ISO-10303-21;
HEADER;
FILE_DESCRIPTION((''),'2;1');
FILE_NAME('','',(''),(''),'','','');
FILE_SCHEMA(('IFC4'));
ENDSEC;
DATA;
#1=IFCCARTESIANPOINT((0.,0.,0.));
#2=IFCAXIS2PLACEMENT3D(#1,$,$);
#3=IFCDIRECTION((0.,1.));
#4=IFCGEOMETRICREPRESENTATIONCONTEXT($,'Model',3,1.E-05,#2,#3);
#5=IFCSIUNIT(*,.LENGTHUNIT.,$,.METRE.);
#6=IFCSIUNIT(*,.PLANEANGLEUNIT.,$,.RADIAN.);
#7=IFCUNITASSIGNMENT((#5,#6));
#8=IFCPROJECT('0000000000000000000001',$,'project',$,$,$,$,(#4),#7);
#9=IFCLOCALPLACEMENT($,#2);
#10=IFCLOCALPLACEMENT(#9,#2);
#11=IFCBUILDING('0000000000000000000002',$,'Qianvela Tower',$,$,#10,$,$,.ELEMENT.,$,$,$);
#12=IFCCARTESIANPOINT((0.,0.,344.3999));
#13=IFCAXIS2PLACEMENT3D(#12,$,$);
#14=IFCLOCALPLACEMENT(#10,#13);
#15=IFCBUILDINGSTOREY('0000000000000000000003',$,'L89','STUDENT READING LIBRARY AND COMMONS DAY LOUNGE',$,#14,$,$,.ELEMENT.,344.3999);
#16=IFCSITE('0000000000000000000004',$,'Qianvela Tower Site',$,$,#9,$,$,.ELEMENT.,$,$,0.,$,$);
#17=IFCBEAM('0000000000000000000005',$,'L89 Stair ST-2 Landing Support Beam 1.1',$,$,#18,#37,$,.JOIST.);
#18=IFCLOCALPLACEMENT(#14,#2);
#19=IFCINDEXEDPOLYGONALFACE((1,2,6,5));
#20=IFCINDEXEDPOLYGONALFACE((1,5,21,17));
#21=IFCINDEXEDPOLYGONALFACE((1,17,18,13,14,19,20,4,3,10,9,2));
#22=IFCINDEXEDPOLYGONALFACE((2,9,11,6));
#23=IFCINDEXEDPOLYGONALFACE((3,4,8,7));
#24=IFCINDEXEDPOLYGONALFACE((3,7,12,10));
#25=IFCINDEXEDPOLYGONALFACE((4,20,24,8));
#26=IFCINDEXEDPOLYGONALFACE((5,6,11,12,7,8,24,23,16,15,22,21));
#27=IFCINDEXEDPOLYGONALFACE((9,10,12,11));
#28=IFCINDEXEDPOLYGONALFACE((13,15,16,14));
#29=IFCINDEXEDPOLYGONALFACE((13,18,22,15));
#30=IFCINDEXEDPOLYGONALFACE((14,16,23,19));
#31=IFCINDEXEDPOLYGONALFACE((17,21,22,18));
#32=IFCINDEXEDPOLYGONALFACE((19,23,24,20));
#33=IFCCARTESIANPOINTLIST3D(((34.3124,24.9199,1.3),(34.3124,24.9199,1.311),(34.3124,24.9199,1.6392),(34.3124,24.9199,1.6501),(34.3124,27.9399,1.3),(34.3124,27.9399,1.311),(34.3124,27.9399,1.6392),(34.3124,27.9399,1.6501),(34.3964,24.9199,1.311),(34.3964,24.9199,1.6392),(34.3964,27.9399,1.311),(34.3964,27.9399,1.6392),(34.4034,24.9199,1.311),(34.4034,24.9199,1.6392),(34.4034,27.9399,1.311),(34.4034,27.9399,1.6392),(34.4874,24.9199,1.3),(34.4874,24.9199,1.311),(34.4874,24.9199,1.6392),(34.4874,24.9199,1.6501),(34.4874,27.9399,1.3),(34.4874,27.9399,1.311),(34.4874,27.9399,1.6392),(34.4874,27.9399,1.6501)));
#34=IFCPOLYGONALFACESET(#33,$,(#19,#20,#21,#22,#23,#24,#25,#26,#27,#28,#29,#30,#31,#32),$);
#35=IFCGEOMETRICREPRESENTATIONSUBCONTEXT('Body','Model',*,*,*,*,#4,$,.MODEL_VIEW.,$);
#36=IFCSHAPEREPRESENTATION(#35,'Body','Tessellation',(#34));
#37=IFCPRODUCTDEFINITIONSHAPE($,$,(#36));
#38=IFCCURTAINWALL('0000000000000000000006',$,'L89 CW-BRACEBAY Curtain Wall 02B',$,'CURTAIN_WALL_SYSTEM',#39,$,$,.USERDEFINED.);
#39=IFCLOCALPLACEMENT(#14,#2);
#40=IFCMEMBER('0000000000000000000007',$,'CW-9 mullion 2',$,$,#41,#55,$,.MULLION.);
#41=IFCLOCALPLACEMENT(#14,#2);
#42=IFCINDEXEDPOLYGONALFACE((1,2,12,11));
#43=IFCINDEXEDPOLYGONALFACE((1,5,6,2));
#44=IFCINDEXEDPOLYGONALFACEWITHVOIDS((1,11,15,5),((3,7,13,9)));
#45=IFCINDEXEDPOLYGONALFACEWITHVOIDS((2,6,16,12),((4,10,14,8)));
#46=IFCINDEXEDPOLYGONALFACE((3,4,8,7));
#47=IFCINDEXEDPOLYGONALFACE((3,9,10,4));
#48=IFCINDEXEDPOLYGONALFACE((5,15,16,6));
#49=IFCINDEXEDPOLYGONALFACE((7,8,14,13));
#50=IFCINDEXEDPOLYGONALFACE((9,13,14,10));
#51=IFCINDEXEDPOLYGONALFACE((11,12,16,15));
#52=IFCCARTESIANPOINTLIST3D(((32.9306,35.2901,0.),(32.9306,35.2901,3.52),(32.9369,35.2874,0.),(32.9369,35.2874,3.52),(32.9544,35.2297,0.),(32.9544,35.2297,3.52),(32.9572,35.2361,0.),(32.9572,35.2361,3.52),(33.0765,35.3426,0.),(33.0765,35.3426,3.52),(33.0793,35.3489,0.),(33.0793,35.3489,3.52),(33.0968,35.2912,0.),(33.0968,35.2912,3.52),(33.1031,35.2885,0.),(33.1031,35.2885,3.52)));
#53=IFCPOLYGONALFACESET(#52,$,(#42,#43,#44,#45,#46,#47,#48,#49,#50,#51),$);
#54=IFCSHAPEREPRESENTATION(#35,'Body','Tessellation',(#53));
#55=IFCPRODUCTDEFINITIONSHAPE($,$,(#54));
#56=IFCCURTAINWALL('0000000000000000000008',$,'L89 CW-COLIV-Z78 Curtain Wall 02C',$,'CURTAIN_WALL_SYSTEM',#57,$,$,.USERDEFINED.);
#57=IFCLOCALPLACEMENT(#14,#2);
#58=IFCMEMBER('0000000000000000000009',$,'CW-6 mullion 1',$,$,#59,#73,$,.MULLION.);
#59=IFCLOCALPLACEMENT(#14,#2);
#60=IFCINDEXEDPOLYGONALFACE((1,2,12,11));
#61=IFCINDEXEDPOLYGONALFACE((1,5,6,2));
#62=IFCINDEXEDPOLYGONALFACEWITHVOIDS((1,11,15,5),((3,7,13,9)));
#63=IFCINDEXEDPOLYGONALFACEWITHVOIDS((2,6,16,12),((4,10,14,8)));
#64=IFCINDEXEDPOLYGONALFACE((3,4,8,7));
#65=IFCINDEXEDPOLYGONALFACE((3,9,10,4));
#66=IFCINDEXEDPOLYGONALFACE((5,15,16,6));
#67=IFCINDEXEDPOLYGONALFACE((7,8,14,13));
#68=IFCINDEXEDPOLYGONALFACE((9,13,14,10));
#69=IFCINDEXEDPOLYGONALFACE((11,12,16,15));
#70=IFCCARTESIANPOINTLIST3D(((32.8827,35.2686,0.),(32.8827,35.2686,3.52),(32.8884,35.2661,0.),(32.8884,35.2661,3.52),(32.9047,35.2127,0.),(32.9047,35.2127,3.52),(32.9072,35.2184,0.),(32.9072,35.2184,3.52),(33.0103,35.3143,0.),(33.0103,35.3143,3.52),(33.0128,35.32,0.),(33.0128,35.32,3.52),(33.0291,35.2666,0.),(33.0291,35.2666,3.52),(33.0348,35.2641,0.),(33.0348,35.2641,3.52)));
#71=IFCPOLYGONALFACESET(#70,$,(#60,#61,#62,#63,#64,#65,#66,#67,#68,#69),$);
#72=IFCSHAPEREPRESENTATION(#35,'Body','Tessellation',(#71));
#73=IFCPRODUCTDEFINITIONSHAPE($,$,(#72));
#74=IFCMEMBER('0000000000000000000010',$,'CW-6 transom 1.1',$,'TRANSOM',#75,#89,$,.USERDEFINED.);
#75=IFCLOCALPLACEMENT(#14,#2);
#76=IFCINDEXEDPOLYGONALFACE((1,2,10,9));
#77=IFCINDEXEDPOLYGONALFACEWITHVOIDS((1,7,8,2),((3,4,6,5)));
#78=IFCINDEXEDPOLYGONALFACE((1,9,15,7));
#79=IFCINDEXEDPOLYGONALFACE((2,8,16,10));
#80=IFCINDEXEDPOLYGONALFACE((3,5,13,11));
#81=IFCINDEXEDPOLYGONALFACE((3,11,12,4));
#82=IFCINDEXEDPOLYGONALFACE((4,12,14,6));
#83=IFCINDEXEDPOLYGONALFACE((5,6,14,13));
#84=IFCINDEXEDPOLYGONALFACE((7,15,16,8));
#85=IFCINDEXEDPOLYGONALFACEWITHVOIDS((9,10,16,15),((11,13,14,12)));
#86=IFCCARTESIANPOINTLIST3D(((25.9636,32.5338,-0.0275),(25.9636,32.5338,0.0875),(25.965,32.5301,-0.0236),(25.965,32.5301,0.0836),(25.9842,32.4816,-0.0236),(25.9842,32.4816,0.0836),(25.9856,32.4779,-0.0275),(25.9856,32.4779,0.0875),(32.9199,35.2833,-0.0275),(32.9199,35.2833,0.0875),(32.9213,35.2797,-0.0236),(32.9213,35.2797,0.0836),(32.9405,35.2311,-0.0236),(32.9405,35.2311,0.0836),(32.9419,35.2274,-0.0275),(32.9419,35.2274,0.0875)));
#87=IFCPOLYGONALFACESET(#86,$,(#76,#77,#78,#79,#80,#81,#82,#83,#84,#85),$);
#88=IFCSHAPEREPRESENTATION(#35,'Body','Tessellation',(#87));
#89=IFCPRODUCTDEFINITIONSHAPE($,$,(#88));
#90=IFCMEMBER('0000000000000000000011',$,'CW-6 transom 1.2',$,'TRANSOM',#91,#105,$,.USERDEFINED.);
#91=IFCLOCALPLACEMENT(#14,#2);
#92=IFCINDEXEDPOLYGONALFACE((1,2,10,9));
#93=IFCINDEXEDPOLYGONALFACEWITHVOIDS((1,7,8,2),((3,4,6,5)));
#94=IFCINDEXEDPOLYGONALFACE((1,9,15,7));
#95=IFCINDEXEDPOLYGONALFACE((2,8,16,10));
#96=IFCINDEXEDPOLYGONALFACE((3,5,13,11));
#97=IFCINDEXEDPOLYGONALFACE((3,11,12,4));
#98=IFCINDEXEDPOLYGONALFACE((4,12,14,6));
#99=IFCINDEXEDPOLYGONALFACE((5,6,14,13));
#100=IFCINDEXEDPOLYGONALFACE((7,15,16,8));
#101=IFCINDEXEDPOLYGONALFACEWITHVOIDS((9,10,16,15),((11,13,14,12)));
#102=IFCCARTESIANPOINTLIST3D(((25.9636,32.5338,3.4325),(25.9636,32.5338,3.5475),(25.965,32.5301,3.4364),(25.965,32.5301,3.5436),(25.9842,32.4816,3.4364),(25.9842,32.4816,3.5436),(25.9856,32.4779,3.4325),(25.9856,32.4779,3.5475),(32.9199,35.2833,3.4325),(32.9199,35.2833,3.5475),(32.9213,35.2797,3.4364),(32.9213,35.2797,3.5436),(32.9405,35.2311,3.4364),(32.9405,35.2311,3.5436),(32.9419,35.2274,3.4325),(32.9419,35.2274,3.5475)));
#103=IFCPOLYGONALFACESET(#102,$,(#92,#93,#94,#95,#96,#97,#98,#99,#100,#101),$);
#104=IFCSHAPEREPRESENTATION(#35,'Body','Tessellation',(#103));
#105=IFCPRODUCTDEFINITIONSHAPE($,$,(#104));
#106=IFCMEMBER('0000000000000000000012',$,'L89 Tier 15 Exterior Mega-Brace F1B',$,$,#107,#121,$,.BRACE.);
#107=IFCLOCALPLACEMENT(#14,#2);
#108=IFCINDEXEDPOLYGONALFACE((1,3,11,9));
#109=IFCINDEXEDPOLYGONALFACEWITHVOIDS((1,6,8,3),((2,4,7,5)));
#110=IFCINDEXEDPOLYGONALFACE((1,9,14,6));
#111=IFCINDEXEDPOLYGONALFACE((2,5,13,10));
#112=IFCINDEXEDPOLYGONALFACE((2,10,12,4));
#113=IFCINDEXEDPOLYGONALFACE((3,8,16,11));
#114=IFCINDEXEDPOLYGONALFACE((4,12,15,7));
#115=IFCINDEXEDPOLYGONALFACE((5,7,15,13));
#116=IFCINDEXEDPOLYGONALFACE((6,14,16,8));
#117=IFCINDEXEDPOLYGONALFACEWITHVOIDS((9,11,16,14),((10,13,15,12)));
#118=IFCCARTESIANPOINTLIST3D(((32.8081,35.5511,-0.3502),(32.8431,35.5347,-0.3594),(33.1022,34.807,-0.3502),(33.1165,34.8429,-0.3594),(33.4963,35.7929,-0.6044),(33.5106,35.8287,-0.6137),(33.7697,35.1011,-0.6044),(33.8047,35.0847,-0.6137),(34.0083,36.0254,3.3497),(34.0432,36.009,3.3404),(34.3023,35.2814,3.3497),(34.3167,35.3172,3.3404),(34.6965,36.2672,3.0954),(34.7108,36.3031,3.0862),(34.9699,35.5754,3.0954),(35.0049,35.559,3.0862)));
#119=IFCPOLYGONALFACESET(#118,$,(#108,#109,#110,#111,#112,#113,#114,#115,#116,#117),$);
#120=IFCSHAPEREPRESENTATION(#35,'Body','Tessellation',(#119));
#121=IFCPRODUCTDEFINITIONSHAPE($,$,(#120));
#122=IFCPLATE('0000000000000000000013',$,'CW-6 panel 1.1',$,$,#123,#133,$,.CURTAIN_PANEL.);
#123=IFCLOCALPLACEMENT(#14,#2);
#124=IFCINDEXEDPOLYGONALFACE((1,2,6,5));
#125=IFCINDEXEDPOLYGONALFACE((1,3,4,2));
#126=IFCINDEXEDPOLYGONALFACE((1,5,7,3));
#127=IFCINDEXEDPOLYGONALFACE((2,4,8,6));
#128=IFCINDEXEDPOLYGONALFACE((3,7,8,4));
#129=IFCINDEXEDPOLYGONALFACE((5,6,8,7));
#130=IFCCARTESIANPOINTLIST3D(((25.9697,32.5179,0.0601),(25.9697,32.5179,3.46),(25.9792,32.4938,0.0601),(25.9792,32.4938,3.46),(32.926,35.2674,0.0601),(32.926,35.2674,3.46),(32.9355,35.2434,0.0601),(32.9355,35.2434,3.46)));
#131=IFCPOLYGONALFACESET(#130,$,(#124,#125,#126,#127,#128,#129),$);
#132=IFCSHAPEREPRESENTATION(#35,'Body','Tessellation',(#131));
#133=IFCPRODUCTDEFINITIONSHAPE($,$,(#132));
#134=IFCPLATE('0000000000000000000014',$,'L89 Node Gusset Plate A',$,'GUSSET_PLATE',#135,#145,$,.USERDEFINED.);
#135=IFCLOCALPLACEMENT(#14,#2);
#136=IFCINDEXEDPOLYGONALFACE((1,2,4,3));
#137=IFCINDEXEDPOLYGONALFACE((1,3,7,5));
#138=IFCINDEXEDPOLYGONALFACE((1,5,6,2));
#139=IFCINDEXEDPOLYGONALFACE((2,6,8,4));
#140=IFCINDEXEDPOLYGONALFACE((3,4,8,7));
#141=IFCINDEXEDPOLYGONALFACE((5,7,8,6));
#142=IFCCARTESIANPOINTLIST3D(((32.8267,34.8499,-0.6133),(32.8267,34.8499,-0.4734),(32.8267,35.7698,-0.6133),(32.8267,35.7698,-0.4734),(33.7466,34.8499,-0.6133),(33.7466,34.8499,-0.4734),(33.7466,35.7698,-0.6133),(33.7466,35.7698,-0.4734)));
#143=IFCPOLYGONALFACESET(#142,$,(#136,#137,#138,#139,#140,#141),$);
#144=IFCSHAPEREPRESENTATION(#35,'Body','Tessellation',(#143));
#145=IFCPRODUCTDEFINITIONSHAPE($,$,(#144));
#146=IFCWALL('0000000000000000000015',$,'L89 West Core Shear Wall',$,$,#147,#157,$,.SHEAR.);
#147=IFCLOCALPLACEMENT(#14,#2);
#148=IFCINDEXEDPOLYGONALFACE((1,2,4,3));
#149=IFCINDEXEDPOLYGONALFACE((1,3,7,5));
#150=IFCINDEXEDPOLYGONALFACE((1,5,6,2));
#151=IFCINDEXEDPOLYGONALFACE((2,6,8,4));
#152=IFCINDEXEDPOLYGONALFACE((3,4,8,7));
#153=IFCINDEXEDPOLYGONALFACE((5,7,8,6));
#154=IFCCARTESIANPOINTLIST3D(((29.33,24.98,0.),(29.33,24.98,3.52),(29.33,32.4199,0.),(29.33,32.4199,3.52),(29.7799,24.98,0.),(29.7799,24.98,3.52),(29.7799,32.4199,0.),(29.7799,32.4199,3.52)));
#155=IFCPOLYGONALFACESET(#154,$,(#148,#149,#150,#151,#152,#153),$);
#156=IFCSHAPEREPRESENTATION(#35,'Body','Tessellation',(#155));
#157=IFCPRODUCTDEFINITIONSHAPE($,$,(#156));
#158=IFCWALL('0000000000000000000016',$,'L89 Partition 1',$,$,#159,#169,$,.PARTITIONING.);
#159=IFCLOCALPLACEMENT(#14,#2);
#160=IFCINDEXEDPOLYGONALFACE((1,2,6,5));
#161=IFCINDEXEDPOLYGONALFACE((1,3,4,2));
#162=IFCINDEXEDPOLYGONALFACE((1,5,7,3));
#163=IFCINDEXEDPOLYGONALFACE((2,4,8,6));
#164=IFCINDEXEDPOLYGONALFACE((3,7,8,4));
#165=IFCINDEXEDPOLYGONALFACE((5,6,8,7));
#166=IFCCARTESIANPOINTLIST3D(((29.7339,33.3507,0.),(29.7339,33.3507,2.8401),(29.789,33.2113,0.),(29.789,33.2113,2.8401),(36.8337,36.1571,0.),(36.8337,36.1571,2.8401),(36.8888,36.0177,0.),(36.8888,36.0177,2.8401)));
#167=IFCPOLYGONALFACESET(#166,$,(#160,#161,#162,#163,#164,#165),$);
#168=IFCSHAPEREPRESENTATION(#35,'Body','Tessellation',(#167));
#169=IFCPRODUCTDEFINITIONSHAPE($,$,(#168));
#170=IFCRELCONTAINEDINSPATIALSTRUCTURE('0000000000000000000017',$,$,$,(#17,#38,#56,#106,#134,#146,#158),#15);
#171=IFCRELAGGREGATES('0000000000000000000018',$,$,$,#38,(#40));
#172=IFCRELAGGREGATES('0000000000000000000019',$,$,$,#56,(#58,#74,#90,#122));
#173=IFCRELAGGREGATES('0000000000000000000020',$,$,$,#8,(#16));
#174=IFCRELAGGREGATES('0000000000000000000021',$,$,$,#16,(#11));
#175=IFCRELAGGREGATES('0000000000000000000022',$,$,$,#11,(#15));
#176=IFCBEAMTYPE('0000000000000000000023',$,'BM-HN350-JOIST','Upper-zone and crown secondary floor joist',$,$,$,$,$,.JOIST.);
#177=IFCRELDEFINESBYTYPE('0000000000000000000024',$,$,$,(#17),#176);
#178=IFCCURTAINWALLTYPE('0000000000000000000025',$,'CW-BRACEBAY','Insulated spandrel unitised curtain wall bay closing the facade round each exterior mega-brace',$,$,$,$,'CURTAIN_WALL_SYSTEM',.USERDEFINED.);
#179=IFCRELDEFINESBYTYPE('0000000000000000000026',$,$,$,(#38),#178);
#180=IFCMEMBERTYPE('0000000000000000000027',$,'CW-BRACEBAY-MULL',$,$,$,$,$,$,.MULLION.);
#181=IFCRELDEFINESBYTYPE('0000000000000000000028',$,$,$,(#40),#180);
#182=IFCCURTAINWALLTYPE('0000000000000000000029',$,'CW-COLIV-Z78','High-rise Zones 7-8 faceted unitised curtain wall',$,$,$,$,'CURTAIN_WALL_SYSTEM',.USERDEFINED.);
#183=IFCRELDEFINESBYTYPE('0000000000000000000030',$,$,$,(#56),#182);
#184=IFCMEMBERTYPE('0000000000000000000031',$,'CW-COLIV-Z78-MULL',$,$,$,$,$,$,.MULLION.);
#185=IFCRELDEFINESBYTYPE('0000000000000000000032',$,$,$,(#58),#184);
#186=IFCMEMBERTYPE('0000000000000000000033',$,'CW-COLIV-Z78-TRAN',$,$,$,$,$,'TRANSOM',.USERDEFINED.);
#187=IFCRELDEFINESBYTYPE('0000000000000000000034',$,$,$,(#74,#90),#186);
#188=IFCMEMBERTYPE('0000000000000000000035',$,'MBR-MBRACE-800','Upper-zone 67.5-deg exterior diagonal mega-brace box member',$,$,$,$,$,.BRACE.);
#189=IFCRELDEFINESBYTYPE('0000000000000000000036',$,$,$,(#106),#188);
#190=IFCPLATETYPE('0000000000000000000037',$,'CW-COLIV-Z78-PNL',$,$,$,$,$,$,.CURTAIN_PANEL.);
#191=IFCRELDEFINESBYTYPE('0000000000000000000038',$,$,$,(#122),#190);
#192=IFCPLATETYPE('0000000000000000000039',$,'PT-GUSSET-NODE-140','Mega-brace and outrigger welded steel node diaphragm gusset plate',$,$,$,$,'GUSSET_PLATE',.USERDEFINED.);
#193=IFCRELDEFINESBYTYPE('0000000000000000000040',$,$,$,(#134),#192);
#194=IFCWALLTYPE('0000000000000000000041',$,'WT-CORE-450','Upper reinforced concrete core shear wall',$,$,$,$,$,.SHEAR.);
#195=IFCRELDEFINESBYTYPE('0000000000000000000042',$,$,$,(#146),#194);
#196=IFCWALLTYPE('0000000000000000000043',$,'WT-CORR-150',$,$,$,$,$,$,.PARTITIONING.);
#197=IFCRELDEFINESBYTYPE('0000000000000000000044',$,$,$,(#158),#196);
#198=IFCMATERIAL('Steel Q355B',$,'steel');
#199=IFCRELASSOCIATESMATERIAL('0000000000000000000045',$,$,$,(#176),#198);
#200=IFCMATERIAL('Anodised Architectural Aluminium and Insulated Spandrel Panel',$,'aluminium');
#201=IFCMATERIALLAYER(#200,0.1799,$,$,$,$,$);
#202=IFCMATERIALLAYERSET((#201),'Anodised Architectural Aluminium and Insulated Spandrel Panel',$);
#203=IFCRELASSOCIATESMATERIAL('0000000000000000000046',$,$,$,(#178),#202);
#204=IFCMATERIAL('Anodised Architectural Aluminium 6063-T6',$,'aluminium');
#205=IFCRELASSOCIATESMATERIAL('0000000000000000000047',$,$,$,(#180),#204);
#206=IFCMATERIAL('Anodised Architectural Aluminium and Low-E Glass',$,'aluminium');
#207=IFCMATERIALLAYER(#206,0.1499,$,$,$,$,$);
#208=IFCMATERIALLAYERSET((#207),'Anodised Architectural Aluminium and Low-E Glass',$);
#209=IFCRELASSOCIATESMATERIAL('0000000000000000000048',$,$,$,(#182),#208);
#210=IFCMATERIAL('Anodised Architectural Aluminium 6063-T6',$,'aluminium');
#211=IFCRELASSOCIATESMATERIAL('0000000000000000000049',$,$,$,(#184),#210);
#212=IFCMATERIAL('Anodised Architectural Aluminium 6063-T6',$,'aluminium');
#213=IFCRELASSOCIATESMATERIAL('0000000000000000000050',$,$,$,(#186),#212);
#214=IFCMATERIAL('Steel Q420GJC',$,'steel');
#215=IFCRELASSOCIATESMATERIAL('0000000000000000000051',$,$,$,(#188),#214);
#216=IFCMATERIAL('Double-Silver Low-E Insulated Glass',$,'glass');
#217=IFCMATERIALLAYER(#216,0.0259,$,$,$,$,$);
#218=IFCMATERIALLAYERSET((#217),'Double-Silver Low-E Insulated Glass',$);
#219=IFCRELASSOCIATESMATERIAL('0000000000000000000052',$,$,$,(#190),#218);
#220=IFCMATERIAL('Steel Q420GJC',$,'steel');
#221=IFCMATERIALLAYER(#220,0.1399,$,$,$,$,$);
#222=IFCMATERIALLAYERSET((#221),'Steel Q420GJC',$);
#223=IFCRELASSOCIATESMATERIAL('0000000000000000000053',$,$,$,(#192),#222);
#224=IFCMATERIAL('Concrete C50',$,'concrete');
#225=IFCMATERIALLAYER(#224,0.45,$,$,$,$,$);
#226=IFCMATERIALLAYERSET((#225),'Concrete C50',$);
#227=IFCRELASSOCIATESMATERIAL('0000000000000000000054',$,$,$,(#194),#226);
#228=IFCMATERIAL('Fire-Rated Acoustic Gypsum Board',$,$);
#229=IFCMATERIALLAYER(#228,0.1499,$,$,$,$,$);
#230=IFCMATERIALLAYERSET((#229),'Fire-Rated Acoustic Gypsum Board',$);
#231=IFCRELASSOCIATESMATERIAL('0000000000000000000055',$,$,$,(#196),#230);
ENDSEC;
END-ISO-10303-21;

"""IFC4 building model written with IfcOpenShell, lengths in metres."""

from ifc_helpers import new_model, si_unit, direction, frame, frame_2d, origin, origin_2d, place, context, subcontext, project, spatial, rectangle, hollow_rectangle, i_section, extrude, material, layer, layer_set, material_profile, profile_set, type_object, element, aggregate, save


model = new_model("IFC4")

# Units and contexts
model_context = context("Model", 3, precision=1e-05, world=origin(), true_north=direction((0.0, 1.0)))
body_context = subcontext(model_context, "Body", "Model", "MODEL_VIEW")
ifc_project = project(units=[si_unit("LENGTHUNIT", "METRE"), si_unit("PLANEANGLEUNIT", "RADIAN")], contexts=[model_context])

# Site, building, storey
site_placement = place(None, origin())
site = spatial("IfcSite", under=ifc_project, at=site_placement, Name="Qianvela Tower Site", CompositionType="ELEMENT", RefElevation=0.0)
building_placement = place(site_placement, origin())
building = spatial("IfcBuilding", under=site, at=building_placement, Name="Qianvela Tower", CompositionType="ELEMENT")
storey_placement = place(building_placement, frame((0.0, 0.0, 344.3999)))
storey = spatial("IfcBuildingStorey", under=building, at=storey_placement, Name="L89", Description="STUDENT READING LIBRARY AND COMMONS DAY LOUNGE", CompositionType="ELEMENT", Elevation=344.3999)

# Beam
ifc_material_1 = material(Name="Steel Q355B", Category="steel")
ifc_material_profile_1 = material_profile(ifc_material_1, i_section(OverallWidth=0.175, OverallDepth=0.3501, WebThickness=0.0071, FlangeThickness=0.011, at=origin_2d()), Name="HN350x175x7x11")
ifc_profile_set_1 = profile_set([ifc_material_profile_1], Name="Steel Q355B")
beam_type = type_object("IfcBeamType", Name="BM-HN350-JOIST", Description="Upper-zone and crown secondary floor joist", PredefinedType="JOIST", material=ifc_profile_set_1)
beam_placement = place(storey_placement, frame((34.3999, 24.9199, 1.4751), z_axis=(0.0, 1.0, 0.0), x_axis=(-1.0, 0.0, 0.0)))
element("IfcBeam", 1, at=beam_placement, inside=storey, type_object=beam_type, Name="L89 Stair ST-2 Landing Support Beam 1.1", PredefinedType="JOIST", context=body_context, shape_type="SweptSolid", body=[
    extrude(i_section(OverallWidth=0.175, OverallDepth=0.3501, WebThickness=0.0071, FlangeThickness=0.011, at=origin_2d()), origin(), (0.0, 0.0, 1.0), 3.02),
])

# Curtain wall, member
ifc_material_2 = material(Name="Anodised Architectural Aluminium and Insulated Spandrel Panel", Category="aluminium")
ifc_layer_1 = layer(ifc_material_2, 0.1799)
ifc_layer_set_1 = layer_set([ifc_layer_1], Name="Anodised Architectural Aluminium and Insulated Spandrel Panel")
curtain_wall_type_1 = type_object("IfcCurtainWallType", Name="CW-BRACEBAY", Description="Insulated spandrel unitised curtain wall bay closing the facade round each exterior mega-brace", ElementType="CURTAIN_WALL_SYSTEM", PredefinedType="USERDEFINED", material=ifc_layer_set_1)
curtain_wall_1_placement = place(storey_placement, origin())
curtain_wall_1 = element("IfcCurtainWall", 2, at=curtain_wall_1_placement, inside=storey, type_object=curtain_wall_type_1, Name="L89 CW-BRACEBAY Curtain Wall 02B", ObjectType="CURTAIN_WALL_SYSTEM", PredefinedType="USERDEFINED")
ifc_material_3 = material(Name="Anodised Architectural Aluminium 6063-T6", Category="aluminium")
ifc_material_profile_2 = material_profile(ifc_material_3, hollow_rectangle(XDim=0.0649, YDim=0.1599, WallThickness=0.0049, at=origin_2d()), Name="ALU-MULL-65x160")
ifc_profile_set_2 = profile_set([ifc_material_profile_2], Name="Anodised Architectural Aluminium 6063-T6")
member_type_1 = type_object("IfcMemberType", Name="CW-BRACEBAY-MULL", PredefinedType="MULLION", material=ifc_profile_set_2)
member_1_placement = place(storey_placement, frame((33.0168, 35.2893, 0.0), z_axis=(0.0, 0.0, 1.0), x_axis=(0.367603, -0.929983, 0.0)))
member_1 = element("IfcMember", 3, at=member_1_placement, type_object=member_type_1, Name="CW-9 mullion 2", PredefinedType="MULLION", context=body_context, shape_type="SweptSolid", body=[
    extrude(hollow_rectangle(XDim=0.0649, YDim=0.1599, WallThickness=0.0049, at=origin_2d()), origin(), (0.0, 0.0, 1.0), 3.52),
])
aggregate(curtain_wall_1, [member_1])

# Curtain wall, members
ifc_material_4 = material(Name="Anodised Architectural Aluminium and Low-E Glass", Category="aluminium")
ifc_layer_2 = layer(ifc_material_4, 0.1499)
ifc_layer_set_2 = layer_set([ifc_layer_2], Name="Anodised Architectural Aluminium and Low-E Glass")
curtain_wall_type_2 = type_object("IfcCurtainWallType", Name="CW-COLIV-Z78", Description="High-rise Zones 7-8 faceted unitised curtain wall", ElementType="CURTAIN_WALL_SYSTEM", PredefinedType="USERDEFINED", material=ifc_layer_set_2)
curtain_wall_2_placement = place(storey_placement, origin())
curtain_wall_2 = element("IfcCurtainWall", 4, at=curtain_wall_2_placement, inside=storey, type_object=curtain_wall_type_2, Name="L89 CW-COLIV-Z78 Curtain Wall 02C", ObjectType="CURTAIN_WALL_SYSTEM", PredefinedType="USERDEFINED")
ifc_material_5 = material(Name="Anodised Architectural Aluminium 6063-T6", Category="aluminium")
ifc_material_profile_3 = material_profile(ifc_material_5, hollow_rectangle(XDim=0.0601, YDim=0.1399, WallThickness=0.0044, at=origin_2d()), Name="ALU-MULL-60x140")
ifc_profile_set_3 = profile_set([ifc_material_profile_3], Name="Anodised Architectural Aluminium 6063-T6")
member_type_2 = type_object("IfcMemberType", Name="CW-COLIV-Z78-MULL", PredefinedType="MULLION", material=ifc_profile_set_3)
member_2_placement = place(storey_placement, frame((32.9587, 35.2664, 0.0), z_axis=(0.0, 0.0, 1.0), x_axis=(0.367588, -0.929989, 0.0)))
member_2 = element("IfcMember", 5, at=member_2_placement, type_object=member_type_2, Name="CW-6 mullion 1", PredefinedType="MULLION", context=body_context, shape_type="SweptSolid", body=[
    extrude(hollow_rectangle(XDim=0.0601, YDim=0.1399, WallThickness=0.0044, at=origin_2d()), origin(), (0.0, 0.0, 1.0), 3.52),
])
ifc_material_6 = material(Name="Anodised Architectural Aluminium 6063-T6", Category="aluminium")
ifc_material_profile_4 = material_profile(ifc_material_6, hollow_rectangle(XDim=0.0601, YDim=0.115, WallThickness=0.0039, at=origin_2d()), Name="ALU-TRAN-60x115")
ifc_profile_set_4 = profile_set([ifc_material_profile_4], Name="Anodised Architectural Aluminium 6063-T6")
member_type_3 = type_object("IfcMemberType", Name="CW-COLIV-Z78-TRAN", ElementType="TRANSOM", PredefinedType="USERDEFINED", material=ifc_profile_set_4)
member_3_placement = place(storey_placement, frame((32.9309, 35.2554, 0.03), z_axis=(-0.929991, -0.367583, 0.0), x_axis=(0.367583, -0.929991, 0.0)))
member_3 = element("IfcMember", 6, at=member_3_placement, type_object=member_type_3, Name="CW-6 transom 1.1", ObjectType="TRANSOM", PredefinedType="USERDEFINED", context=body_context, shape_type="SweptSolid", body=[
    extrude(hollow_rectangle(XDim=0.0601, YDim=0.115, WallThickness=0.0039, at=origin_2d()), origin(), (0.0, 0.0, 1.0), 7.48),
])
member_4_placement = place(storey_placement, frame((32.9309, 35.2554, 3.49), z_axis=(-0.929991, -0.367583, 0.0), x_axis=(0.367583, -0.929991, 0.0)))
member_4 = element("IfcMember", 7, at=member_4_placement, type_object=member_type_3, Name="CW-6 transom 1.2", ObjectType="TRANSOM", PredefinedType="USERDEFINED", context=body_context, shape_type="SweptSolid", body=[
    extrude(hollow_rectangle(XDim=0.0601, YDim=0.115, WallThickness=0.0039, at=origin_2d()), origin(), (0.0, 0.0, 1.0), 7.48),
])

# Member
ifc_material_7 = material(Name="Steel Q420GJC", Category="steel")
ifc_material_profile_5 = material_profile(ifc_material_7, hollow_rectangle(XDim=0.8, YDim=0.8, WallThickness=0.0281, at=origin_2d()), Name="MBOX-800x800x28")
ifc_profile_set_5 = profile_set([ifc_material_profile_5], Name="Steel Q420GJC")
member_type_4 = type_object("IfcMemberType", Name="MBR-MBRACE-800", Description="Upper-zone 67.5-deg exterior diagonal mega-brace box member", PredefinedType="BRACE", material=ifc_profile_set_5)
member_5_placement = place(storey_placement, frame((33.3064, 35.3179, -0.4819), z_axis=(0.306285, 0.121056, 0.944211), x_axis=(-0.367571, 0.929995, 0.0)))
element("IfcMember", 8, at=member_5_placement, inside=storey, type_object=member_type_4, Name="L89 Tier 15 Exterior Mega-Brace F1B", PredefinedType="BRACE", context=body_context, shape_type="SweptSolid", body=[
    extrude(hollow_rectangle(XDim=0.8, YDim=0.8, WallThickness=0.0281, at=origin_2d()), origin(), (0.0, 0.0, 1.0), 3.9185),
])

# Plates
ifc_material_8 = material(Name="Double-Silver Low-E Insulated Glass", Category="glass")
ifc_layer_3 = layer(ifc_material_8, 0.0259)
ifc_layer_set_3 = layer_set([ifc_layer_3], Name="Double-Silver Low-E Insulated Glass")
plate_type_1 = type_object("IfcPlateType", Name="CW-COLIV-Z78-PNL", PredefinedType="CURTAIN_PANEL", material=ifc_layer_set_3)
plate_1_placement = place(storey_placement, frame((29.4526, 33.8806, 0.0601), z_axis=(0.0, 0.0, 1.0), x_axis=(-0.929989, -0.367588, 0.0)))
plate_1 = element("IfcPlate", 9, at=plate_1_placement, type_object=plate_type_1, Name="CW-6 panel 1.1", PredefinedType="CURTAIN_PANEL", context=body_context, shape_type="SweptSolid", body=[
    extrude(rectangle(XDim=7.48, YDim=0.0259, at=origin_2d()), origin(), (0.0, 0.0, 1.0), 3.3999),
])
aggregate(curtain_wall_2, [member_2, member_3, member_4, plate_1])
ifc_material_9 = material(Name="Steel Q420GJC", Category="steel")
ifc_layer_4 = layer(ifc_material_9, 0.1399)
ifc_layer_set_4 = layer_set([ifc_layer_4], Name="Steel Q420GJC")
plate_type_2 = type_object("IfcPlateType", Name="PT-GUSSET-NODE-140", Description="Mega-brace and outrigger welded steel node diaphragm gusset plate", ElementType="GUSSET_PLATE", PredefinedType="USERDEFINED", material=ifc_layer_set_4)
plate_2_placement = place(storey_placement, frame((33.2866, 35.3098, -0.6133), z_axis=(0.0, 0.0, 1.0), x_axis=(1.0, 0.0, 0.0)))
element("IfcPlate", 10, at=plate_2_placement, inside=storey, type_object=plate_type_2, Name="L89 Node Gusset Plate A", ObjectType="GUSSET_PLATE", PredefinedType="USERDEFINED", context=body_context, shape_type="SweptSolid", body=[
    extrude(rectangle(XDim=0.9199, YDim=0.9199, at=origin_2d()), origin(), (0.0, 0.0, 1.0), 0.1399),
])

# Shared definitions
ifc_material_10 = material(Name="Concrete C50", Category="concrete")
ifc_layer_5 = layer(ifc_material_10, 0.45)
ifc_layer_set_5 = layer_set([ifc_layer_5], Name="Concrete C50")
wall_type_1 = type_object("IfcWallType", Name="WT-CORE-450", Description="Upper reinforced concrete core shear wall", PredefinedType="SHEAR", material=ifc_layer_set_5)

# Walls
wall_1_placement = place(storey_placement, frame((29.5549, 24.98, 0.0), z_axis=(0.0, 0.0, 1.0), x_axis=(0.0, 1.0, 0.0)))
element("IfcWall", 11, at=wall_1_placement, inside=storey, type_object=wall_type_1, Name="L89 West Core Shear Wall", PredefinedType="SHEAR", context=body_context, shape_type="SweptSolid", body=[
    extrude(rectangle(XDim=7.4399, YDim=0.45, at=frame_2d((3.72, 0.0))), origin(), (0.0, 0.0, 1.0), 3.52),
])
ifc_material_11 = material(Name="Fire-Rated Acoustic Gypsum Board")
ifc_layer_6 = layer(ifc_material_11, 0.1499)
ifc_layer_set_6 = layer_set([ifc_layer_6], Name="Fire-Rated Acoustic Gypsum Board")
wall_type_2 = type_object("IfcWallType", Name="WT-CORR-150", PredefinedType="PARTITIONING", material=ifc_layer_set_6)
wall_2_placement = place(storey_placement, frame((29.7615, 33.281, 0.0), z_axis=(0.0, 0.0, 1.0), x_axis=(0.929984, 0.3676, 0.0)))
element("IfcWall", 12, at=wall_2_placement, inside=storey, type_object=wall_type_2, Name="L89 Partition 1", PredefinedType="PARTITIONING", context=body_context, shape_type="SweptSolid", body=[
    extrude(rectangle(XDim=7.6343, YDim=0.1499, at=frame_2d((3.8171, 0.0))), origin(), (0.0, 0.0, 1.0), 2.8401),
])

save(model, "model.ifc")
